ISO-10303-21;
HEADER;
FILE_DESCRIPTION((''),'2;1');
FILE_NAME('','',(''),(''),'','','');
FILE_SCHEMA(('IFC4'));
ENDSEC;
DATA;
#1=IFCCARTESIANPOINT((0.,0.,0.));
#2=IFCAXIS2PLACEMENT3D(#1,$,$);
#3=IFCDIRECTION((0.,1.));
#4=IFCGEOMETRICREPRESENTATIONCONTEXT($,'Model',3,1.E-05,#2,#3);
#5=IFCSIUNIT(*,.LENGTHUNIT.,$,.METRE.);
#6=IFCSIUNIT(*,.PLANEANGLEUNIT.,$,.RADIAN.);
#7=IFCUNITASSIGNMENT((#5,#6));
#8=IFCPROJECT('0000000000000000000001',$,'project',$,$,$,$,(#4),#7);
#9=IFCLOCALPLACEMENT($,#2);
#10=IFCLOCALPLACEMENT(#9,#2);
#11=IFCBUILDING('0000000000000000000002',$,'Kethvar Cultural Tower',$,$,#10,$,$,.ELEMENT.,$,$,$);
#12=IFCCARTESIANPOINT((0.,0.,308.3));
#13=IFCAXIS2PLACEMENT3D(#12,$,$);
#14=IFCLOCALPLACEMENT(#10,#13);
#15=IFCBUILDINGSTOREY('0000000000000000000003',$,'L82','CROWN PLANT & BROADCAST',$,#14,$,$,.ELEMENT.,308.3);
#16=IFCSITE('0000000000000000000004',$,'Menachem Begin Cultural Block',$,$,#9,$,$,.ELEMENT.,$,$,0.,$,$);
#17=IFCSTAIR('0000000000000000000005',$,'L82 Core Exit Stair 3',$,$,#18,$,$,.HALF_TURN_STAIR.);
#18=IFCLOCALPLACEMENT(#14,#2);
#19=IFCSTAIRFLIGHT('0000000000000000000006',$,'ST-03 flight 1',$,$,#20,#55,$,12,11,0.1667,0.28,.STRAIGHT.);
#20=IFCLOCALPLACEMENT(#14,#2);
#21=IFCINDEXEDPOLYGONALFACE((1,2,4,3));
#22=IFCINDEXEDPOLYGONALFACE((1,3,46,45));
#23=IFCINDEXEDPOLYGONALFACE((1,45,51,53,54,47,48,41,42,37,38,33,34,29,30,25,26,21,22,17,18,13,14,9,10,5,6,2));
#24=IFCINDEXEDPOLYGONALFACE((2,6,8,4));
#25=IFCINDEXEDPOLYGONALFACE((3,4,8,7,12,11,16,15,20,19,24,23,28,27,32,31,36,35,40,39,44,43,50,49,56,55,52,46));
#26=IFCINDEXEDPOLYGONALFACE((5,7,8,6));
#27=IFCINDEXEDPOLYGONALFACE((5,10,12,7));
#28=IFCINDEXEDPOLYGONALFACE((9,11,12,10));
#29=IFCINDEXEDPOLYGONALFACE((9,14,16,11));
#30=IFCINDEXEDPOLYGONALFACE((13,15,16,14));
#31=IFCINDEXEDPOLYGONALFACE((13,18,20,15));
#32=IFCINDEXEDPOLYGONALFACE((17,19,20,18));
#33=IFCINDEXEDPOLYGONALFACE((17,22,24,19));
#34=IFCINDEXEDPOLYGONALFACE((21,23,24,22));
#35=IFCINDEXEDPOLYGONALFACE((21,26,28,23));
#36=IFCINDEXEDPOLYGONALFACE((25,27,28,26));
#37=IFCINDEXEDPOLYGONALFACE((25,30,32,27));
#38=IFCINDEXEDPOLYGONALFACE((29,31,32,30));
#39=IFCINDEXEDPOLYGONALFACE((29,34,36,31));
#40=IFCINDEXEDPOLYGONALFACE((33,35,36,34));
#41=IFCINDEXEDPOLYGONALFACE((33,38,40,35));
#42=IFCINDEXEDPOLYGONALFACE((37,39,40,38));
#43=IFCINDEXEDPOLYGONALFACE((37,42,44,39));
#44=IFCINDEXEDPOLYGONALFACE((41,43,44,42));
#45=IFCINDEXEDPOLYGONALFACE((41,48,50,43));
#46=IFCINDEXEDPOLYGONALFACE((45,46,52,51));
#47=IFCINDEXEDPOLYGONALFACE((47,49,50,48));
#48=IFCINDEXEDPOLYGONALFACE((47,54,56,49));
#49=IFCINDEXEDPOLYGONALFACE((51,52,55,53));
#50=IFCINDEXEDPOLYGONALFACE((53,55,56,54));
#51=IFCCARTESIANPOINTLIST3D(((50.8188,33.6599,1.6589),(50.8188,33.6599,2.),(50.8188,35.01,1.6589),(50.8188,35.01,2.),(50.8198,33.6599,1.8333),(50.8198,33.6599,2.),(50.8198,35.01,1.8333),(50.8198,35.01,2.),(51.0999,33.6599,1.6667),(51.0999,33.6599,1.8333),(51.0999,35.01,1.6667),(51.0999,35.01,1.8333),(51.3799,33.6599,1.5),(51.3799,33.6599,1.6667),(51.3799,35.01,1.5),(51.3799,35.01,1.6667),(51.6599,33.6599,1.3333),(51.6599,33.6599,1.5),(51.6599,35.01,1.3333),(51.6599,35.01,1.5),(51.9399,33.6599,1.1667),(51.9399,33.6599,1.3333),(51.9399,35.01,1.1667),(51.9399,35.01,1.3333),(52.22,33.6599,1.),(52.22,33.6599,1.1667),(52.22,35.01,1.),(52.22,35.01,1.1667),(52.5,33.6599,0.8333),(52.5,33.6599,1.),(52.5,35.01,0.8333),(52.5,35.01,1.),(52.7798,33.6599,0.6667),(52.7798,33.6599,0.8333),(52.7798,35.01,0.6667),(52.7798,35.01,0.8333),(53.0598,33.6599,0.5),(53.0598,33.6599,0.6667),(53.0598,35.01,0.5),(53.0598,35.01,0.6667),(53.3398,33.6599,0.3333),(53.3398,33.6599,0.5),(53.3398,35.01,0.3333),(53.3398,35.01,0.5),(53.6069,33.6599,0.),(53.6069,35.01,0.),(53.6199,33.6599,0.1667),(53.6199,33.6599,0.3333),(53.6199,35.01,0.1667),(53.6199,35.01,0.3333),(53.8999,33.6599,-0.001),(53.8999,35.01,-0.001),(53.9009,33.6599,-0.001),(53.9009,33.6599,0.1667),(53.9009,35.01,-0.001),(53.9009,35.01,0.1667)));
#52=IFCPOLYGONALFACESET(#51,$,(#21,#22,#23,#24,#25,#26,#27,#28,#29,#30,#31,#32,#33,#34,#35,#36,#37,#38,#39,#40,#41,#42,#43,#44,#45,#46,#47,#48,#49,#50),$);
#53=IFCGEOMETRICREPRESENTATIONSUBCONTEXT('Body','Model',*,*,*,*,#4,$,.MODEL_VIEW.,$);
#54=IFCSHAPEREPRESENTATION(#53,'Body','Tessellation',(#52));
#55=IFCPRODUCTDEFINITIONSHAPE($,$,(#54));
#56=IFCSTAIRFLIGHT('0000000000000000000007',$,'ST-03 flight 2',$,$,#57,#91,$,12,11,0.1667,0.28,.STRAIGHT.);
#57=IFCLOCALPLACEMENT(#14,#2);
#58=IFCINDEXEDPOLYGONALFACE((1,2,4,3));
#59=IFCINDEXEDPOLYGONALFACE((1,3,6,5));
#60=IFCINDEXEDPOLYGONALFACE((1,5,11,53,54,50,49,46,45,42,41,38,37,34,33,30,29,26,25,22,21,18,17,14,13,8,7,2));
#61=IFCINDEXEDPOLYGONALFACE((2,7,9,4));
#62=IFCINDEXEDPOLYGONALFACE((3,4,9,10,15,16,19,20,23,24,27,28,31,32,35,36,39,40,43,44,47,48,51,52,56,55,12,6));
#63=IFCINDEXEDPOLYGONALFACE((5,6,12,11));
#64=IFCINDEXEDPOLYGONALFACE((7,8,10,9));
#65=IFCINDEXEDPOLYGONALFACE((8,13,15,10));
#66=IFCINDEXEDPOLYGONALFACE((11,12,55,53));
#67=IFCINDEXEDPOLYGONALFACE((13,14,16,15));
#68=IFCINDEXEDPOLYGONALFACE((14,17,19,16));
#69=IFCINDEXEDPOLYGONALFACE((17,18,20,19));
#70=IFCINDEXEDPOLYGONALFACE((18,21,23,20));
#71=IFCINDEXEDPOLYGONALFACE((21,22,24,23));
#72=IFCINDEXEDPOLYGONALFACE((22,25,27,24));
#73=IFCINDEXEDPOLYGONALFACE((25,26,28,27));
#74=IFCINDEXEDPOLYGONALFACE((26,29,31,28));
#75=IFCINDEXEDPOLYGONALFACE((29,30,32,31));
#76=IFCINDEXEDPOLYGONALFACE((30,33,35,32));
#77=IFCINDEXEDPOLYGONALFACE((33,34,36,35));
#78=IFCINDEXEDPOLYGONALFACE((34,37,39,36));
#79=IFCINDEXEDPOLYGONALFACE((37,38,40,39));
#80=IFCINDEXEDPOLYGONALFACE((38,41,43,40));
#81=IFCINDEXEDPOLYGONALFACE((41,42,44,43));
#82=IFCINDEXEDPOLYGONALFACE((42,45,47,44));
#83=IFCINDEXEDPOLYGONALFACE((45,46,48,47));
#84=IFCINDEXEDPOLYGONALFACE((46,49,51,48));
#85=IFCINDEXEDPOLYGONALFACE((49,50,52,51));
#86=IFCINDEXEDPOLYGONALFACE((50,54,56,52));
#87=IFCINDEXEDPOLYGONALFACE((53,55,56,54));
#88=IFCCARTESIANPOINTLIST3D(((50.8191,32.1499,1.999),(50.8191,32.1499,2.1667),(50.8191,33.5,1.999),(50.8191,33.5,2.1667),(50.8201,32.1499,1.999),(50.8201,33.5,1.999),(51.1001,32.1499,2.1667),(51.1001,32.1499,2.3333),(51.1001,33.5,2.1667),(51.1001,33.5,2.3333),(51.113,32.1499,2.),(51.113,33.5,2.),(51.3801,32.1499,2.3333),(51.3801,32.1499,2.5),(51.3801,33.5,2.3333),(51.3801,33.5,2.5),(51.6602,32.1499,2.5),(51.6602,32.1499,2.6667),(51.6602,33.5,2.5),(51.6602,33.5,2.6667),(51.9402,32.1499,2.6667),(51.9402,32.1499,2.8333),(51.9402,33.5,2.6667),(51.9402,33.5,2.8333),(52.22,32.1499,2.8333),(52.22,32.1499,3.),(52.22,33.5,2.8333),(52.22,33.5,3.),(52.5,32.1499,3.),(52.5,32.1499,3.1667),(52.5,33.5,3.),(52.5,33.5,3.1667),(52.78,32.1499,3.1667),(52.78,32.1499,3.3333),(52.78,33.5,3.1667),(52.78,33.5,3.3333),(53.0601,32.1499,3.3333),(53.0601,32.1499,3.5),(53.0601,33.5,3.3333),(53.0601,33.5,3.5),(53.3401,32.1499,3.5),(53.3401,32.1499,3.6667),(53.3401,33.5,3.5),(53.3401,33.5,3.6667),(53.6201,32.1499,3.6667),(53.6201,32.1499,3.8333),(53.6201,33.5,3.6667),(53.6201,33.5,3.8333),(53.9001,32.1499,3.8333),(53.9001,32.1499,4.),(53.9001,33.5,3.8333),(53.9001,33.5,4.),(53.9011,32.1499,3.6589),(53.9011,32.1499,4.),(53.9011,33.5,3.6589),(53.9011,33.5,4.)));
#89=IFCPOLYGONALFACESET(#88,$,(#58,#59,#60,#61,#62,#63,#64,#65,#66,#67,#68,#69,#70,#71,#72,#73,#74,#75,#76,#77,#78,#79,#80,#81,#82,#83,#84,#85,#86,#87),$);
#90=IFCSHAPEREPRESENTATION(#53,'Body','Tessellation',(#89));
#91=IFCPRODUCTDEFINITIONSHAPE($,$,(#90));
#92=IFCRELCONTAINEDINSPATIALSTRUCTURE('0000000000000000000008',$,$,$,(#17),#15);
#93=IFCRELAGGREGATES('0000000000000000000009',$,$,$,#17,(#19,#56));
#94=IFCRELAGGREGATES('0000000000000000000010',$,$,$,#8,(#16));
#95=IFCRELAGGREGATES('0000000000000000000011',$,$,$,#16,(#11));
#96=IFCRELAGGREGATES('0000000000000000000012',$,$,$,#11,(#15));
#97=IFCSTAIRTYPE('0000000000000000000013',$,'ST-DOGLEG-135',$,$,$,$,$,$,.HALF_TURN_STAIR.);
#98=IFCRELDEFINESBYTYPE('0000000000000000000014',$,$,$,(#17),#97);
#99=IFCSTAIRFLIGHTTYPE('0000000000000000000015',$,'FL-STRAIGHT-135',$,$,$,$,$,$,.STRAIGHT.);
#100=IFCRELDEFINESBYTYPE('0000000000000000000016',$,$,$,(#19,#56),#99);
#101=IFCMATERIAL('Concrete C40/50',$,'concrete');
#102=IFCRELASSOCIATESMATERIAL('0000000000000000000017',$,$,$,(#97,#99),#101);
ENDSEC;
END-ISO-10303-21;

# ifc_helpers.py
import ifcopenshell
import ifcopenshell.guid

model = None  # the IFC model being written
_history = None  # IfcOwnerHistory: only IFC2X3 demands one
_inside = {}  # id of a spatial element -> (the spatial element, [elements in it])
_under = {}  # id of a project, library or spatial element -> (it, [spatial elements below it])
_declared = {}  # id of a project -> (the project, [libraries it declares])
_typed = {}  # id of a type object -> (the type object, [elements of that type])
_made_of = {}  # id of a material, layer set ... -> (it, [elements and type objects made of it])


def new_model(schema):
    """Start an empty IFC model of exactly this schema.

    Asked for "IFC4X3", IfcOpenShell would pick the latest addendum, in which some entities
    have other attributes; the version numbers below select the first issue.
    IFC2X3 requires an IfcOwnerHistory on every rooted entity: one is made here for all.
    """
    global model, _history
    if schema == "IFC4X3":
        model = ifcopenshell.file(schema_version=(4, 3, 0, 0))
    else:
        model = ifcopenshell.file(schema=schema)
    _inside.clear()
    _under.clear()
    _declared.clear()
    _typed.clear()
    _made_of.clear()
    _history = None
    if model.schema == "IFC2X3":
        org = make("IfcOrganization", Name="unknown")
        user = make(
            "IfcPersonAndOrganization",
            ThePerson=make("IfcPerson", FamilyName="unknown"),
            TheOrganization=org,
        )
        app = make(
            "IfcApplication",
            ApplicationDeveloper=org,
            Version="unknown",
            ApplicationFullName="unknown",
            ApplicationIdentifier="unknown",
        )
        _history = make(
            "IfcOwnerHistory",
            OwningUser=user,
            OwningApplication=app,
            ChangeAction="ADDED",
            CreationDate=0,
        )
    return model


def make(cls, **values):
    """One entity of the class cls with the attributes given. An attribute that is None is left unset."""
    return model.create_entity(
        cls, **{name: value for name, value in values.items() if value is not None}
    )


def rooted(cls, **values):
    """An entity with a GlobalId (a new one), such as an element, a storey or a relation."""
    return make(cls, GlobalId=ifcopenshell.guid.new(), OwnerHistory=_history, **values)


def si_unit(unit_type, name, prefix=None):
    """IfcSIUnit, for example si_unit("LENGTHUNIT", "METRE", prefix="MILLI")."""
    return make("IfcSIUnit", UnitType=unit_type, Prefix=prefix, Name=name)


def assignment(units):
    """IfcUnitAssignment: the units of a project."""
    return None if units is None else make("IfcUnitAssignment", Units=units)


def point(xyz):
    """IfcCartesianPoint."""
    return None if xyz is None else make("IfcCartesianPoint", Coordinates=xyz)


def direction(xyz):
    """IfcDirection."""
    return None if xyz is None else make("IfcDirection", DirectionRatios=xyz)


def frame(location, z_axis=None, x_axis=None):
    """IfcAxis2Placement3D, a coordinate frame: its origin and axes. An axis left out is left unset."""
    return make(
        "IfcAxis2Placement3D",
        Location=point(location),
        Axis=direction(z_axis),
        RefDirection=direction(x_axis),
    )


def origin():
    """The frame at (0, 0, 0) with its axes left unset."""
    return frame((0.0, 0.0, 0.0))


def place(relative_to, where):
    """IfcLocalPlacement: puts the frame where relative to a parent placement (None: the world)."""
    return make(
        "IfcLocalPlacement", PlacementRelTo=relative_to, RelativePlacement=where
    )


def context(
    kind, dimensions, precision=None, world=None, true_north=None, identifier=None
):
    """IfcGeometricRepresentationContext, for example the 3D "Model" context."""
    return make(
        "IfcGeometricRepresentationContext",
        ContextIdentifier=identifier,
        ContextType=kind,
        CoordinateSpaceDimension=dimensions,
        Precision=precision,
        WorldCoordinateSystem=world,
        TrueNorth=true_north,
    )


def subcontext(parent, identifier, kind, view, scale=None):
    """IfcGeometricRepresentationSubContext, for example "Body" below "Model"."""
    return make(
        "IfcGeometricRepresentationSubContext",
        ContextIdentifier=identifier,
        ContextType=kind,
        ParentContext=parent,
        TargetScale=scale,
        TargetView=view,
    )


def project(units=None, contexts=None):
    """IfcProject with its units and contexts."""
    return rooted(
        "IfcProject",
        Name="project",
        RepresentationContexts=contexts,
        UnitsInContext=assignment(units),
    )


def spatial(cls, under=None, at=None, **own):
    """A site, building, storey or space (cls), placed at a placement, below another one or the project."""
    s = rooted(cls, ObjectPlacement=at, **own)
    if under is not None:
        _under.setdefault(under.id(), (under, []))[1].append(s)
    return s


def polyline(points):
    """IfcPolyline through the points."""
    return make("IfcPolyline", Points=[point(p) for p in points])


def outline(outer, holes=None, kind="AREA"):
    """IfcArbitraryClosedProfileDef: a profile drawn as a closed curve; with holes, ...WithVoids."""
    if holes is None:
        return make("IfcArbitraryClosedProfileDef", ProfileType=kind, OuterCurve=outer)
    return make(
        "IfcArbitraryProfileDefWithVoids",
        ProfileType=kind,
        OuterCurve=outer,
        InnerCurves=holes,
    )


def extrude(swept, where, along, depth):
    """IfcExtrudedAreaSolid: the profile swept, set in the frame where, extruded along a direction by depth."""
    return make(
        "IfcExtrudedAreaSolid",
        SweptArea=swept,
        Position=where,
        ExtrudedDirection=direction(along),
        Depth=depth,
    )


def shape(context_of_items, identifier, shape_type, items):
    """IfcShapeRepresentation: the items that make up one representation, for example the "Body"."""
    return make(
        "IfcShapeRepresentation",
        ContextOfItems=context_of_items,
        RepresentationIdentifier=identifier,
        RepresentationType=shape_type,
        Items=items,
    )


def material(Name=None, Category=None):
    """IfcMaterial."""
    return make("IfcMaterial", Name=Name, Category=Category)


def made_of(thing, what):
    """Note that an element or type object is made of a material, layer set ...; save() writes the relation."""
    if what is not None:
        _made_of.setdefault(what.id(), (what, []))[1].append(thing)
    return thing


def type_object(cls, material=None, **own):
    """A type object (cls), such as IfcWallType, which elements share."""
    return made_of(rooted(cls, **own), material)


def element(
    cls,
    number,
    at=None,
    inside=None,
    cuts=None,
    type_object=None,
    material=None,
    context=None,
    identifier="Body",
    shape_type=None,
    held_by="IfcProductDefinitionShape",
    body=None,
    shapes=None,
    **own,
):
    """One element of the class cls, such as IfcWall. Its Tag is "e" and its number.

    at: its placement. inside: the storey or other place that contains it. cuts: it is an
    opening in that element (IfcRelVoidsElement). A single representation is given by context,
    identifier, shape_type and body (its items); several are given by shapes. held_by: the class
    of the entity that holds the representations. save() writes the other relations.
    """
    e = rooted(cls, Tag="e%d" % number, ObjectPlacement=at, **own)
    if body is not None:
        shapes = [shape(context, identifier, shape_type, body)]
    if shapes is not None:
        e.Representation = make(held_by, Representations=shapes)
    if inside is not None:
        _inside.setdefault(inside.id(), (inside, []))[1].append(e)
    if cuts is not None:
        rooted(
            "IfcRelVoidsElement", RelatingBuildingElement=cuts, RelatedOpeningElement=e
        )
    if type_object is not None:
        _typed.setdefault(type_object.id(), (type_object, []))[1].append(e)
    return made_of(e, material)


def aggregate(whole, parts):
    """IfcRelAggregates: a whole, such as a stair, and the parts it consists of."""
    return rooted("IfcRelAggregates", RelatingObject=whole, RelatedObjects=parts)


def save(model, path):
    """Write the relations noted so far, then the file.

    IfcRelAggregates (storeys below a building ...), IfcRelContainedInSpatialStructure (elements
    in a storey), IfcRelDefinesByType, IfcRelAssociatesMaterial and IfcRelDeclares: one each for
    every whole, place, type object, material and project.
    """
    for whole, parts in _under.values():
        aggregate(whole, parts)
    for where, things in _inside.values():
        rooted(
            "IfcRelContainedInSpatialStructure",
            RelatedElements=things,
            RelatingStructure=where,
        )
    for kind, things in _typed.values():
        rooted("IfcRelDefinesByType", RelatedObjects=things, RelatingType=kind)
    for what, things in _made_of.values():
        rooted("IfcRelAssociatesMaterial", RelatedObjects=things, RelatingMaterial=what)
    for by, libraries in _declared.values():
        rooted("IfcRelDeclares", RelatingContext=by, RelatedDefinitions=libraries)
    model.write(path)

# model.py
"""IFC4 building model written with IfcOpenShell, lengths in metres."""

from ifc_helpers import new_model, si_unit, direction, frame, origin, place, context, subcontext, project, spatial, polyline, outline, extrude, material, type_object, element, aggregate, save


model = new_model("IFC4")

# Units and contexts
model_context = context("Model", 3, precision=1e-05, world=origin(), true_north=direction((0.0, 1.0)))
body_context = subcontext(model_context, "Body", "Model", "MODEL_VIEW")
ifc_project = project(units=[si_unit("LENGTHUNIT", "METRE"), si_unit("PLANEANGLEUNIT", "RADIAN")], contexts=[model_context])

# Site, building, storey
site_placement = place(None, origin())
site = spatial("IfcSite", under=ifc_project, at=site_placement, Name="Menachem Begin Cultural Block", CompositionType="ELEMENT", RefElevation=0.0)
building_placement = place(site_placement, origin())
building = spatial("IfcBuilding", under=site, at=building_placement, Name="Kethvar Cultural Tower", CompositionType="ELEMENT")
storey_placement = place(building_placement, frame((0.0, 0.0, 308.3)))
storey = spatial("IfcBuildingStorey", under=building, at=storey_placement, Name="L82", Description="CROWN PLANT & BROADCAST", CompositionType="ELEMENT", Elevation=308.3)

# Shared definitions
ifc_material_1 = material(Name="Concrete C40/50", Category="concrete")

# Stair, stair flights
stair_type = type_object("IfcStairType", Name="ST-DOGLEG-135", PredefinedType="HALF_TURN_STAIR", material=ifc_material_1)
stair_placement = place(storey_placement, origin())
stair = element("IfcStair", 1, at=stair_placement, inside=storey, type_object=stair_type, Name="L82 Core Exit Stair 3", PredefinedType="HALF_TURN_STAIR")
stair_flight_type = type_object("IfcStairFlightType", Name="FL-STRAIGHT-135", PredefinedType="STRAIGHT", material=ifc_material_1)
stair_flight_1_placement = place(storey_placement, frame((53.8999, 34.335, 0.0), z_axis=(0.0, 0.0, 1.0), x_axis=(-1.0, 0.0, 0.0)))
stair_flight_1 = element("IfcStairFlight", 2, at=stair_flight_1_placement, type_object=stair_flight_type, Name="ST-03 flight 1", NumberOfRisers=12, NumberOfTreads=11, PredefinedType="STRAIGHT", RiserHeight=0.1667, TreadLength=0.28, context=body_context, shape_type="SweptSolid", body=[
    extrude(outline(polyline([(-0.001, -0.001), (-0.001, 0.1667), (0.28, 0.1667), (0.28, 0.3333), (0.5601, 0.3333), (0.5601, 0.5), (0.8401, 0.5), (0.8401, 0.6667), (1.1201, 0.6667), (1.1201, 0.8333), (1.3999, 0.8333), (1.3999, 1.0), (1.6799, 1.0), (1.6799, 1.1667), (1.96, 1.1667), (1.96, 1.3333), (2.24, 1.3333), (2.24, 1.5), (2.52, 1.5), (2.52, 1.6667), (2.8, 1.6667), (2.8, 1.8333), (3.0801, 1.8333), (3.0801, 2.0), (3.0811, 2.0), (3.0811, 1.6589), (0.293, 0.0), (0.0, -0.001), (-0.001, -0.001)])), frame((0.0, 0.675, 0.0), z_axis=(0.0, -1.0, 0.0), x_axis=(1.0, 0.0, 0.0)), (0.0, 0.0, 1.0), 1.3501),
])
stair_flight_2_placement = place(storey_placement, frame((50.8201, 32.825, 2.0), z_axis=(0.0, 0.0, 1.0), x_axis=(1.0, 0.0, 0.0)))
stair_flight_2 = element("IfcStairFlight", 3, at=stair_flight_2_placement, type_object=stair_flight_type, Name="ST-03 flight 2", NumberOfRisers=12, NumberOfTreads=11, PredefinedType="STRAIGHT", RiserHeight=0.1667, TreadLength=0.28, context=body_context, shape_type="SweptSolid", body=[
    extrude(outline(polyline([(-0.001, -0.001), (-0.001, 0.1667), (0.28, 0.1667), (0.28, 0.3333), (0.5601, 0.3333), (0.5601, 0.5), (0.8401, 0.5), (0.8401, 0.6667), (1.1201, 0.6667), (1.1201, 0.8333), (1.3999, 0.8333), (1.3999, 1.0), (1.6799, 1.0), (1.6799, 1.1667), (1.96, 1.1667), (1.96, 1.3333), (2.24, 1.3333), (2.24, 1.5), (2.52, 1.5), (2.52, 1.6667), (2.8, 1.6667), (2.8, 1.8333), (3.0801, 1.8333), (3.0801, 2.0), (3.0811, 2.0), (3.0811, 1.6589), (0.293, 0.0), (0.0, -0.001), (-0.001, -0.001)])), frame((0.0, 0.675, 0.0), z_axis=(0.0, -1.0, 0.0), x_axis=(1.0, 0.0, 0.0)), (0.0, 0.0, 1.0), 1.3501),
])
aggregate(stair, [stair_flight_1, stair_flight_2])

save(model, "model.ifc")
